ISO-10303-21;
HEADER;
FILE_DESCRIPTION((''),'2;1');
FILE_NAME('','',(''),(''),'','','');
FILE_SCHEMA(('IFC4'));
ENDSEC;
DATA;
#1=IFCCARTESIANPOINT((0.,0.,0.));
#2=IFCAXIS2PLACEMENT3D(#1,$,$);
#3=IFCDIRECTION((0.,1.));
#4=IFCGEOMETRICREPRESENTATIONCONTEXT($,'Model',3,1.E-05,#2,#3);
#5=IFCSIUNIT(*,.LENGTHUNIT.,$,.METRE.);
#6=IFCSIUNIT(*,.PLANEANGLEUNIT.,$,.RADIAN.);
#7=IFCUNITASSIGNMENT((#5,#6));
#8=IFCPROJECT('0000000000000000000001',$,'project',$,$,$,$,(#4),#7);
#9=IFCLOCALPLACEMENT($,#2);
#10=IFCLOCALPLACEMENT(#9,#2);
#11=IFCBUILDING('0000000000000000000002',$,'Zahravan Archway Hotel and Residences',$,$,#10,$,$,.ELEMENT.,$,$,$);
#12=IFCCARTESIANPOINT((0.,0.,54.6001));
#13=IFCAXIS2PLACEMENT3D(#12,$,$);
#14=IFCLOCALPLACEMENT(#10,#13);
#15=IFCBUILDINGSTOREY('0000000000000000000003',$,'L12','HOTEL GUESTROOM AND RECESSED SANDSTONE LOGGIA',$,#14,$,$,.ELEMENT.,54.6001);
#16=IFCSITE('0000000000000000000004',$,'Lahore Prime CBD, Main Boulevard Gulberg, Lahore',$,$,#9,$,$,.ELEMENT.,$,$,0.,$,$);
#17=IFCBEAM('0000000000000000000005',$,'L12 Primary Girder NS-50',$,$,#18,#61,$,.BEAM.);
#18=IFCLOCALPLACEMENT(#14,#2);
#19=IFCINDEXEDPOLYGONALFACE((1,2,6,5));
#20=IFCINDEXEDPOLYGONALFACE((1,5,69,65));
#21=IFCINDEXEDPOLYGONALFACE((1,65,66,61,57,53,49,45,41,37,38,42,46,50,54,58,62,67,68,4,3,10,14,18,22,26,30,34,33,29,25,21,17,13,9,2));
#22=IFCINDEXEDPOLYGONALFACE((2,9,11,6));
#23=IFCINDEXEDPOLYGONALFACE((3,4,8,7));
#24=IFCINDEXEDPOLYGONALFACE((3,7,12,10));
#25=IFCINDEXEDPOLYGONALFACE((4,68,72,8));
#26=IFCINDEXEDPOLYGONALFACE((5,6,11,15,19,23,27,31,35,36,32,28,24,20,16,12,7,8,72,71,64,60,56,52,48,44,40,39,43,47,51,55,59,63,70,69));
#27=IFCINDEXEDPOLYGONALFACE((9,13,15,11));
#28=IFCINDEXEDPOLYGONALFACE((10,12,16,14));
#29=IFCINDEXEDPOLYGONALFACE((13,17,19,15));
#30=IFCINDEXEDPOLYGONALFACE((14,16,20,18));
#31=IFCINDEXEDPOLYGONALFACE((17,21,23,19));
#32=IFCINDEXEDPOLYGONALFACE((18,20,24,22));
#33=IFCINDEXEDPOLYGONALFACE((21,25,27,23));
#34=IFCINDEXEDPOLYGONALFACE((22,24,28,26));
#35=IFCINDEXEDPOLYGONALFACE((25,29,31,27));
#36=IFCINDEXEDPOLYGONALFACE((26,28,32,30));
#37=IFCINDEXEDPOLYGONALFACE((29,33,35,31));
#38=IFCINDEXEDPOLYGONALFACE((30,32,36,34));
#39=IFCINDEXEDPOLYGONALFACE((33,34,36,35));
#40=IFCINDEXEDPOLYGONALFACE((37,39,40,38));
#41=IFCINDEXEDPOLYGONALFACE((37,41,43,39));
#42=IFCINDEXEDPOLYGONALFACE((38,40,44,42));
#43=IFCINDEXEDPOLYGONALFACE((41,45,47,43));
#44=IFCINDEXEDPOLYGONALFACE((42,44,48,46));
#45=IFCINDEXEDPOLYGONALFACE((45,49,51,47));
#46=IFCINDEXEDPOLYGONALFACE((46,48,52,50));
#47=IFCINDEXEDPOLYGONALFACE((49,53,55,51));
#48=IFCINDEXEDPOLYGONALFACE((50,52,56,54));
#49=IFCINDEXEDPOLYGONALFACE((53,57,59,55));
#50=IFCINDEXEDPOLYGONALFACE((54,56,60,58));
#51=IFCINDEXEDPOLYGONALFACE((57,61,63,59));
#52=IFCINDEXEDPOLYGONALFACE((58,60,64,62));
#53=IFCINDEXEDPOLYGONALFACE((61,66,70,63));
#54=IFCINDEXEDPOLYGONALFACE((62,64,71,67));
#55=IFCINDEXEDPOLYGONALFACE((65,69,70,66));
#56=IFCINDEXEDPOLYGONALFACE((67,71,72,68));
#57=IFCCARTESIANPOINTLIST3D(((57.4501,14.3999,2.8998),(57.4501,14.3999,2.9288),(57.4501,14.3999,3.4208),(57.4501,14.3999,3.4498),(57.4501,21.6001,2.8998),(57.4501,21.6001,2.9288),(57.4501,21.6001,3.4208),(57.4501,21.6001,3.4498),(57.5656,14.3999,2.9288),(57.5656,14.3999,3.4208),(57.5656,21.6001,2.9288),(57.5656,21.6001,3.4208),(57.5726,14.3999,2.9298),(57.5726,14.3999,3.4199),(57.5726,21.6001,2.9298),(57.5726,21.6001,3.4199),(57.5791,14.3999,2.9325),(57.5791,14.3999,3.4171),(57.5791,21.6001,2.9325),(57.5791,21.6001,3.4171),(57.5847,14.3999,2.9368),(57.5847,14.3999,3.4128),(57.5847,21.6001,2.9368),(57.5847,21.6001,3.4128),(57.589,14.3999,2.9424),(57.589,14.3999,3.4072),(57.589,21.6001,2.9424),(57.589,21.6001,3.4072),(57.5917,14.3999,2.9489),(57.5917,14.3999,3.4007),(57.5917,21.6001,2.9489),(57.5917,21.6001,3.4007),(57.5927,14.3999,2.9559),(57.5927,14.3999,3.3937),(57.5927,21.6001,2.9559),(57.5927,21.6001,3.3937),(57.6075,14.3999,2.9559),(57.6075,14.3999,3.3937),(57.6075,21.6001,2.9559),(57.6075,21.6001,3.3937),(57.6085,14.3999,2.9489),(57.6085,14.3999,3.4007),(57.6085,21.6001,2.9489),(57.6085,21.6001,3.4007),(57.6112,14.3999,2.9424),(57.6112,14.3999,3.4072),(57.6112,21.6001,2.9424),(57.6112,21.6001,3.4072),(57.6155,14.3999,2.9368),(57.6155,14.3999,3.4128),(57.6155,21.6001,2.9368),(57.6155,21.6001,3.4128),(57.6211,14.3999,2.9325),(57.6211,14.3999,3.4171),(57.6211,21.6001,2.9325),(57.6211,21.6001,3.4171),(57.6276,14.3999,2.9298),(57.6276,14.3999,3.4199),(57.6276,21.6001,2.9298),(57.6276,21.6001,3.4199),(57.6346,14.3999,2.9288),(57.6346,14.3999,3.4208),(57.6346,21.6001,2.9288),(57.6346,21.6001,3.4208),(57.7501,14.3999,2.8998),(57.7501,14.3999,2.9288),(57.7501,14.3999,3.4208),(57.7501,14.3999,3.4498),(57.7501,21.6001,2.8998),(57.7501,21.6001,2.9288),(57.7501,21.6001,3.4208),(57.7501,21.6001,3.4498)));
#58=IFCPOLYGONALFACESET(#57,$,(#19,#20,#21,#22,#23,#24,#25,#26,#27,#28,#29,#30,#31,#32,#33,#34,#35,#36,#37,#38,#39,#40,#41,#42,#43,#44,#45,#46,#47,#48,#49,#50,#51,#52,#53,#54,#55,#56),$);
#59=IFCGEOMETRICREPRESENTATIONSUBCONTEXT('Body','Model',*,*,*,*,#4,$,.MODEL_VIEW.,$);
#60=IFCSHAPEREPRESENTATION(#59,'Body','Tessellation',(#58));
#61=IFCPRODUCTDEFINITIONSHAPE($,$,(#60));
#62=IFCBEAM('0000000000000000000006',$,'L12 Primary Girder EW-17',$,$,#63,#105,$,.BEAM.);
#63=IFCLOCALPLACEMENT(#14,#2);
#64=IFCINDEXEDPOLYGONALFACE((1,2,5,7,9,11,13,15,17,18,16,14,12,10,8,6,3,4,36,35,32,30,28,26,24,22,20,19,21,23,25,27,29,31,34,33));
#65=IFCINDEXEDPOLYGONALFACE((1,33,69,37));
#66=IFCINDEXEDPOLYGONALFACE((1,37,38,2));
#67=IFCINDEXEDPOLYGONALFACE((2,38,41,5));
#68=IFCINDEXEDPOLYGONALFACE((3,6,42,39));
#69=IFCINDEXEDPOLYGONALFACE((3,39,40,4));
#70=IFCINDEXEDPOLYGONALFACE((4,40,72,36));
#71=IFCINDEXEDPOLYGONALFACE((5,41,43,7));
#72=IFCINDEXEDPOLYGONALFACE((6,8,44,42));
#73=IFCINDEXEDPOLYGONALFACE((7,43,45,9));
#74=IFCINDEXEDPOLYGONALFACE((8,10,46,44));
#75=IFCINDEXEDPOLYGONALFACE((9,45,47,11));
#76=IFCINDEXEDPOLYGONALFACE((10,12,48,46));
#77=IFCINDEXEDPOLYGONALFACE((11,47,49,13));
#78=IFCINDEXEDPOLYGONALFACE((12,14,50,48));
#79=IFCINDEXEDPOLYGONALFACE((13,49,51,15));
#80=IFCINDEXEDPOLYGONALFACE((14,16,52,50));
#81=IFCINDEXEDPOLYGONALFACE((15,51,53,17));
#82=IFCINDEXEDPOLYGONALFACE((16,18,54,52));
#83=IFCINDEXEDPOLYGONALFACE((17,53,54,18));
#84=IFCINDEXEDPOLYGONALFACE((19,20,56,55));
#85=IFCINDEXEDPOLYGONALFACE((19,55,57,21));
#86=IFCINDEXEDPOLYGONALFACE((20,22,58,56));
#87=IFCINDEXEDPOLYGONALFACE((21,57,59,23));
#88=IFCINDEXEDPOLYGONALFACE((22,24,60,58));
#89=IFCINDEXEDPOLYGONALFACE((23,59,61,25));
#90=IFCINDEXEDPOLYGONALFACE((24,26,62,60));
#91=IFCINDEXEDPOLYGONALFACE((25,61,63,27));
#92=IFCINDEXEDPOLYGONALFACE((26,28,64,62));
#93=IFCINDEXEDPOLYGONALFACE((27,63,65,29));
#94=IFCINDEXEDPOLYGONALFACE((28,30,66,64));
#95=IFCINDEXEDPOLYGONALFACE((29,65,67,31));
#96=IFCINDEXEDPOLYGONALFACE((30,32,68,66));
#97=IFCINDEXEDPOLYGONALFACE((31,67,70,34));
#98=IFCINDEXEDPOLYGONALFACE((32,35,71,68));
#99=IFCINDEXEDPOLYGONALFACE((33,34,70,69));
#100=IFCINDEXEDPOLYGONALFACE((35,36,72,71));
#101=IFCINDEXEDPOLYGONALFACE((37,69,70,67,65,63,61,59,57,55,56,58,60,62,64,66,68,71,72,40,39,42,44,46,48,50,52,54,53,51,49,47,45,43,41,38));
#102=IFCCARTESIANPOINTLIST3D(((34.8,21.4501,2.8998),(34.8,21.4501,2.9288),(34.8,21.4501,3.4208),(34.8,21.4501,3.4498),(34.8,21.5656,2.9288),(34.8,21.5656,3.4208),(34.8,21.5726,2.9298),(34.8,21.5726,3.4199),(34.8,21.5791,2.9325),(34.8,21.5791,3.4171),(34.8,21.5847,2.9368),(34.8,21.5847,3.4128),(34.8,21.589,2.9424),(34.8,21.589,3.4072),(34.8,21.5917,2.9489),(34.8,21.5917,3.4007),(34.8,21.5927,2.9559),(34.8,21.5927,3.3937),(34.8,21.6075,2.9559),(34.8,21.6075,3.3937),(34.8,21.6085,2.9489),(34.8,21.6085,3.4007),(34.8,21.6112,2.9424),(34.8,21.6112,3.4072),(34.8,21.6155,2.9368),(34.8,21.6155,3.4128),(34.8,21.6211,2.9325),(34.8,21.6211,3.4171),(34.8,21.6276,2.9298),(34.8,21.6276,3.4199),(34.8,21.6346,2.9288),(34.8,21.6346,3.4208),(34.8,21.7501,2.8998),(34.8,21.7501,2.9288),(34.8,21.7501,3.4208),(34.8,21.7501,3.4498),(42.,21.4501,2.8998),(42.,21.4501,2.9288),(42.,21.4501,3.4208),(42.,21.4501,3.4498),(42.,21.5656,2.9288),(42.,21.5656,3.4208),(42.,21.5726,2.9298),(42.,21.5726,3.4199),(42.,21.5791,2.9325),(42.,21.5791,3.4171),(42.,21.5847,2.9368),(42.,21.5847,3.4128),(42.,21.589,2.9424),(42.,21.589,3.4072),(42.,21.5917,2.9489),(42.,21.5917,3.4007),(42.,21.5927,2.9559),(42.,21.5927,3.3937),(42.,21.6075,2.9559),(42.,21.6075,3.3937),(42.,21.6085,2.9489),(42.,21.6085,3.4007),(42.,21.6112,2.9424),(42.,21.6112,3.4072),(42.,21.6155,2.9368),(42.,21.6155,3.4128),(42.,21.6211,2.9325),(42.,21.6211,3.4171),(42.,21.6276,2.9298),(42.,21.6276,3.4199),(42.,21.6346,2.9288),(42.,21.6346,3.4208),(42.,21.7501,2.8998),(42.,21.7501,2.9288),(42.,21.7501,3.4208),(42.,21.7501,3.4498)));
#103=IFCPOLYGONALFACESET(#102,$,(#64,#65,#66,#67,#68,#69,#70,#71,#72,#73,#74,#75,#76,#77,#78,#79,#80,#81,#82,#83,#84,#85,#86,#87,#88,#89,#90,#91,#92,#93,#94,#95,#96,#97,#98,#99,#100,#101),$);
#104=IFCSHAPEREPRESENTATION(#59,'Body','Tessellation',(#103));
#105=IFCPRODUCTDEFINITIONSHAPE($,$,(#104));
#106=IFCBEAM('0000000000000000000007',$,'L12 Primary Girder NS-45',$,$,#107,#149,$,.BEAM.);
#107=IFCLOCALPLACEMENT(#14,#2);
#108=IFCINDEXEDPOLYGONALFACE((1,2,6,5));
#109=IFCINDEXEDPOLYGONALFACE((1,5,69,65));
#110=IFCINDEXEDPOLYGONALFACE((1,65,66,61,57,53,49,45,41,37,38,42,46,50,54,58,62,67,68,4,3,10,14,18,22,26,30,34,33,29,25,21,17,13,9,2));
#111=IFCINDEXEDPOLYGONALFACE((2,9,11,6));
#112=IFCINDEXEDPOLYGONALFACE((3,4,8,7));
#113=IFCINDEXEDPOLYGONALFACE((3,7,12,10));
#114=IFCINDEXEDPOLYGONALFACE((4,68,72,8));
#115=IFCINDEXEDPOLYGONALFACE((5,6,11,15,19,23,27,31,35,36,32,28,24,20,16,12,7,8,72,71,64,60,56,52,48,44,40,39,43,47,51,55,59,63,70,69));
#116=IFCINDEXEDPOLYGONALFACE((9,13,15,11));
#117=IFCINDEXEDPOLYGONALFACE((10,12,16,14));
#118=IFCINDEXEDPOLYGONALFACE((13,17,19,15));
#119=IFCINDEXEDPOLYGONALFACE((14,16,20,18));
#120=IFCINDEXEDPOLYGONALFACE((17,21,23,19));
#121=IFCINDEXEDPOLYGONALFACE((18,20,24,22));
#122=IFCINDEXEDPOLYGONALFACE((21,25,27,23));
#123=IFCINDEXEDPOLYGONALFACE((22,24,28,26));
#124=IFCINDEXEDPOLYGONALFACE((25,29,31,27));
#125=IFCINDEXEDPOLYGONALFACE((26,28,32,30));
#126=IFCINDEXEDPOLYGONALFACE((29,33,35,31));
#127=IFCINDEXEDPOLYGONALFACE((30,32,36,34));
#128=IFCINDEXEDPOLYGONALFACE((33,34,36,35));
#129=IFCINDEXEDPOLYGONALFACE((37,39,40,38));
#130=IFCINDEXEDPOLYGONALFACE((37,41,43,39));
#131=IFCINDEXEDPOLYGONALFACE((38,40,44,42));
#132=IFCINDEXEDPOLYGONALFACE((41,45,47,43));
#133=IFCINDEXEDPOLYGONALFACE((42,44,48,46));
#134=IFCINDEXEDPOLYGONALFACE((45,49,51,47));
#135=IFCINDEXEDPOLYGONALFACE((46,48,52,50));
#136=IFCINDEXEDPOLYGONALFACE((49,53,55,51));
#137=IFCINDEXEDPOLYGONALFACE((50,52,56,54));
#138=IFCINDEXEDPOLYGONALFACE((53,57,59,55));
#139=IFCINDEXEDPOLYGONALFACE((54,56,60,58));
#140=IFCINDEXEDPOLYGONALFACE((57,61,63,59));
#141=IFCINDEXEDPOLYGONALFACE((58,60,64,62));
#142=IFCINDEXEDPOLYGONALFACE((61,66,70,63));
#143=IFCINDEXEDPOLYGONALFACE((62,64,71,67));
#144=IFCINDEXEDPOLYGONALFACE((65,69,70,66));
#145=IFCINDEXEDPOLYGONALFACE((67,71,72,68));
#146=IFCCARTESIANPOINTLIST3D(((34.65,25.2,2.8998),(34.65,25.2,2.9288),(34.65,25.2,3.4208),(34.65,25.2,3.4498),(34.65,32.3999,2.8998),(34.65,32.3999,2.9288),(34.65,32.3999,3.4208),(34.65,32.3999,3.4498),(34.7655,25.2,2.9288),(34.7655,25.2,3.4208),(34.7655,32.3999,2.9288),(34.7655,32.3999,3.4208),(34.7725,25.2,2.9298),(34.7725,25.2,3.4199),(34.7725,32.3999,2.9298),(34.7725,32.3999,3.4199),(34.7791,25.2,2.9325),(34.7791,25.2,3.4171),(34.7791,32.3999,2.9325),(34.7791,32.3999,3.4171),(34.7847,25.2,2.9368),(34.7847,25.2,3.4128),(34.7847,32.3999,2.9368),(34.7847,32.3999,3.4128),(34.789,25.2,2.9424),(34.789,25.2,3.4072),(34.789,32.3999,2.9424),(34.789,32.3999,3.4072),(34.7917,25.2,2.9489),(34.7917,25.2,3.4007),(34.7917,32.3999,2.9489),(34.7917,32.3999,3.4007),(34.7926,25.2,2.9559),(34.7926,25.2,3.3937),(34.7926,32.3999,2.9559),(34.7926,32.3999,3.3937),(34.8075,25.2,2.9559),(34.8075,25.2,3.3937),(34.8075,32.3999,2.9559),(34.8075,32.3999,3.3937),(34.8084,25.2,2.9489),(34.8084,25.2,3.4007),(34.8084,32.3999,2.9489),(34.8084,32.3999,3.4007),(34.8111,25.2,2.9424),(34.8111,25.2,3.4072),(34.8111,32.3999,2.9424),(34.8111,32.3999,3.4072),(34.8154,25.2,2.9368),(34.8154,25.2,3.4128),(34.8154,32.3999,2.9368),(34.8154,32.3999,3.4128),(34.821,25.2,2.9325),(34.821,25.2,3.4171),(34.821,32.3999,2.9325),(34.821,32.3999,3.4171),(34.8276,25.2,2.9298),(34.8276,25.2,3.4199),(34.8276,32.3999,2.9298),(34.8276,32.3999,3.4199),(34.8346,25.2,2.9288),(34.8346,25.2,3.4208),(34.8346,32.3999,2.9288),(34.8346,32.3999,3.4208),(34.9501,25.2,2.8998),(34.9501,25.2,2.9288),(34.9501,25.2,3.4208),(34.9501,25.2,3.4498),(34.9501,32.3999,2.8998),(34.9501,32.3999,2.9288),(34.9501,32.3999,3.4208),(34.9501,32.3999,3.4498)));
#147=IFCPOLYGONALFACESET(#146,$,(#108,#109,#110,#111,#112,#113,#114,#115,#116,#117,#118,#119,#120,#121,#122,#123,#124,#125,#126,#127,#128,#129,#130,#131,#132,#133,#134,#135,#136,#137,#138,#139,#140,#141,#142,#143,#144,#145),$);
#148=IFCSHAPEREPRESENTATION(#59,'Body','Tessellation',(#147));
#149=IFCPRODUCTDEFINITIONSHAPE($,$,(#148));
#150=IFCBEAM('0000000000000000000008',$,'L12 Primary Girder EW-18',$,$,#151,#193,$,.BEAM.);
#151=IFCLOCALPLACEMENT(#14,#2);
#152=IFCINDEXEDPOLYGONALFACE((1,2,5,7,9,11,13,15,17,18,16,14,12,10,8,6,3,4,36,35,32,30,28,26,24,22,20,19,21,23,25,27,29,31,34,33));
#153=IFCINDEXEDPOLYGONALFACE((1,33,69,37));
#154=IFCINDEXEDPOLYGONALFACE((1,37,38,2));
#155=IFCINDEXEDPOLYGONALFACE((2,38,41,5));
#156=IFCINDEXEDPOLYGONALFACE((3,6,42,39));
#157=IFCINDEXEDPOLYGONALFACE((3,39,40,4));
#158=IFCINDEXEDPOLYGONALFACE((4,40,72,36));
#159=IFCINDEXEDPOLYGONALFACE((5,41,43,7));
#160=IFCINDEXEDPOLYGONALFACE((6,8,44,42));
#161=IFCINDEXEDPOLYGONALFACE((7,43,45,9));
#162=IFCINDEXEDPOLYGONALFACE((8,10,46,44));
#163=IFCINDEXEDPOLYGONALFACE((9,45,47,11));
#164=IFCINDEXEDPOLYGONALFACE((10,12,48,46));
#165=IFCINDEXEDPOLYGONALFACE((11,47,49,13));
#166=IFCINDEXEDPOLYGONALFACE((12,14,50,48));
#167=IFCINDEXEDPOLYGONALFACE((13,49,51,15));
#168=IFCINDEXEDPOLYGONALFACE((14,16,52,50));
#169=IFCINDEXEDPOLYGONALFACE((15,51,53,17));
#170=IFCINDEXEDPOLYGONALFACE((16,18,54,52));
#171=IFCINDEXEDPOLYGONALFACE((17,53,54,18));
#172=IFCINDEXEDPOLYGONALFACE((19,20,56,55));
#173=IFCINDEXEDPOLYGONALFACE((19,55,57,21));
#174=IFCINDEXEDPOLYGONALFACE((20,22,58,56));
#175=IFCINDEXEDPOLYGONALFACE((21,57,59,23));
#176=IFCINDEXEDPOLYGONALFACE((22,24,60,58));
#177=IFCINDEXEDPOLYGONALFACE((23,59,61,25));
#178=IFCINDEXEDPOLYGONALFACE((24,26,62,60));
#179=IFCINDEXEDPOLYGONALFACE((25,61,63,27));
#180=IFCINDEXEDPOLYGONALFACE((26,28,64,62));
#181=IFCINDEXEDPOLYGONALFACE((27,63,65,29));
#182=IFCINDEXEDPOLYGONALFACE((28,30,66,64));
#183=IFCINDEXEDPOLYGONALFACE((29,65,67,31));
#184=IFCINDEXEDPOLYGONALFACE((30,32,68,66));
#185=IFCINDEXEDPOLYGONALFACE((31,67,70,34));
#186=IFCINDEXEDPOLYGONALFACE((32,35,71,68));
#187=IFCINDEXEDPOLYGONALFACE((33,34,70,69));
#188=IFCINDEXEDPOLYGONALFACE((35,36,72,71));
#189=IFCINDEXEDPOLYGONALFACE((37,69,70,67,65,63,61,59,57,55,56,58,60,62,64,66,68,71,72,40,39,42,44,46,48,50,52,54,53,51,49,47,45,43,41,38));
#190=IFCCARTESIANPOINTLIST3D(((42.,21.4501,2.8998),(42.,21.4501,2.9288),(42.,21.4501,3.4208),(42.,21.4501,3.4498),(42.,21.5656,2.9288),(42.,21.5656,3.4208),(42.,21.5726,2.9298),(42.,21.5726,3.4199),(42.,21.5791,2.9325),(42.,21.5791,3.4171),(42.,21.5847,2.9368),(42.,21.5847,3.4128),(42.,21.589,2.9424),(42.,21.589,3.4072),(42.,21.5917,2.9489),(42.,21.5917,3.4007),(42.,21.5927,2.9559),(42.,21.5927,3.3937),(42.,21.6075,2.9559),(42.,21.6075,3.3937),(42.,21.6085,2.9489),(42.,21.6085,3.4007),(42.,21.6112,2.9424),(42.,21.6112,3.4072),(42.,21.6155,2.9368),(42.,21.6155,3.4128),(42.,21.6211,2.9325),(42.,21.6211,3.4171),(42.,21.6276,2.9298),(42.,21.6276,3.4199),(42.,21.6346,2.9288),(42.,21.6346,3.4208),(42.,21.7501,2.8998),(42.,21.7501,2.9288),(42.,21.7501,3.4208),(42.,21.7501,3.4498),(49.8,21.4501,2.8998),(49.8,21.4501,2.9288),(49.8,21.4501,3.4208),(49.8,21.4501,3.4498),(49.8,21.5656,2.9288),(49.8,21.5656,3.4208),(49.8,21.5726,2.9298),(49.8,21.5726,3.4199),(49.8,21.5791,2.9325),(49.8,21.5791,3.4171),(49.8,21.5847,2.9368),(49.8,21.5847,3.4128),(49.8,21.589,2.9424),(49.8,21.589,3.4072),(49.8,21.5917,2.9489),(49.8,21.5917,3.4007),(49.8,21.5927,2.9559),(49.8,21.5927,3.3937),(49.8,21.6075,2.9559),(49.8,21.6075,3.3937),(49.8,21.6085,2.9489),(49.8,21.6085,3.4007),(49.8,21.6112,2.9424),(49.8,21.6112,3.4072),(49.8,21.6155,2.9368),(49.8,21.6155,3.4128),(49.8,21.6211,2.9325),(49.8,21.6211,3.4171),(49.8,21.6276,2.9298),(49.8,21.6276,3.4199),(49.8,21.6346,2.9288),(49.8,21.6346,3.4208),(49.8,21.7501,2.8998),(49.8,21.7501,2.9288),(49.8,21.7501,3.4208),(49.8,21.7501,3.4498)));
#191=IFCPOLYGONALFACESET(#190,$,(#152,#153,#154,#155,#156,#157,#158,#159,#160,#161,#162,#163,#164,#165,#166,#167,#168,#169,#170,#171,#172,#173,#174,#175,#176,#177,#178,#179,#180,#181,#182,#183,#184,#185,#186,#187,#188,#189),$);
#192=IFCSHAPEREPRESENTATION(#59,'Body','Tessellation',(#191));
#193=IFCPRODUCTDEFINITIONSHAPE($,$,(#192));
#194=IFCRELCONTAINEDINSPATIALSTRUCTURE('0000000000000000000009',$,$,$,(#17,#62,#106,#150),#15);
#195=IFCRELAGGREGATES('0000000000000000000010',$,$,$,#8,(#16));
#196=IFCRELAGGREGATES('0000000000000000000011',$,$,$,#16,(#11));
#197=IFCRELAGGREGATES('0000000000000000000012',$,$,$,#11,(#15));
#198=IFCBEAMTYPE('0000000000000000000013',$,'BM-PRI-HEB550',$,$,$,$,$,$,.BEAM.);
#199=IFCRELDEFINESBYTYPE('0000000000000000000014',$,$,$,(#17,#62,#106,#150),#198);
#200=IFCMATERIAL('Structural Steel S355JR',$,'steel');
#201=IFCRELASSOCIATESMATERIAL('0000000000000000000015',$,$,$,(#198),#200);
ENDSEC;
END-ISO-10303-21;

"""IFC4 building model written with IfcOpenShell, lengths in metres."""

from ifc_helpers import new_model, si_unit, direction, frame, origin, origin_2d, place, context, subcontext, project, spatial, i_section, extrude, source, transform, mapped, material, material_profile, profile_set, type_object, type_shapes, element, save


model = new_model("IFC4")

# Units and contexts
model_context = context("Model", 3, precision=1e-05, world=origin(), true_north=direction((0.0, 1.0)))
body_context = subcontext(model_context, "Body", "Model", "MODEL_VIEW")
ifc_project = project(units=[si_unit("LENGTHUNIT", "METRE"), si_unit("PLANEANGLEUNIT", "RADIAN")], contexts=[model_context])

# Site, building, storey
site_placement = place(None, origin())
site = spatial("IfcSite", under=ifc_project, at=site_placement, Name="Lahore Prime CBD, Main Boulevard Gulberg, Lahore", CompositionType="ELEMENT", RefElevation=0.0)
building_placement = place(site_placement, origin())
building = spatial("IfcBuilding", under=site, at=building_placement, Name="Zahravan Archway Hotel and Residences", CompositionType="ELEMENT")
storey_placement = place(building_placement, frame((0.0, 0.0, 54.6001)))
storey = spatial("IfcBuildingStorey", under=building, at=storey_placement, Name="L12", Description="HOTEL GUESTROOM AND RECESSED SANDSTONE LOGGIA", CompositionType="ELEMENT", Elevation=54.6001)

# Beams
ifc_material_1 = material(Name="Structural Steel S355JR", Category="steel")
ifc_material_profile_1 = material_profile(ifc_material_1, i_section(OverallWidth=0.3, OverallDepth=0.55, WebThickness=0.0149, FlangeThickness=0.0291, FilletRadius=0.0271, at=origin_2d()), Name="HEB 550", Category="steel")
ifc_profile_set_1 = profile_set([ifc_material_profile_1], Name="Structural Steel S355JR")
beam_type_1 = type_object("IfcBeamType", Name="BM-PRI-HEB550", PredefinedType="BEAM", material=ifc_profile_set_1)
shared_shape_1 = source(origin(), body_context, "Body", "SweptSolid", [
    extrude(i_section(OverallWidth=0.3, OverallDepth=0.55, WebThickness=0.0149, FlangeThickness=0.0291, FilletRadius=0.0271, at=origin_2d()), origin(), (0.0, 0.0, 1.0), 7.2002),
])
type_shapes(beam_type_1, [shared_shape_1])
for number, where, z_axis, x_axis, name in (
    (1, (57.6001, 14.3999, 3.1748), (0.0, 1.0, 0.0), (-1.0, 0.0, 0.0), "L12 Primary Girder NS-50"),
):
    element("IfcBeam", number, at=place(storey_placement, frame(where, z_axis=z_axis, x_axis=x_axis)), inside=storey, type_object=beam_type_1, Name=name, PredefinedType="BEAM", context=body_context, shape_type="MappedRepresentation", body=[
        mapped(shared_shape_1, transform((0.0, 0.0, 0.0), scale=1.0)),
    ])
shared_shape_2 = source(origin(), body_context, "Body", "SweptSolid", [
    extrude(i_section(OverallWidth=0.3, OverallDepth=0.55, WebThickness=0.0149, FlangeThickness=0.0291, FilletRadius=0.0271, at=origin_2d()), origin(), (0.0, 0.0, 1.0), 7.2),
])
for number, where, z_axis, x_axis, name in (
    (2, (34.8, 21.6001, 3.1748), (1.0, 0.0, 0.0), (0.0, 1.0, 0.0), "L12 Primary Girder EW-17"),
    (3, (34.8, 25.2, 3.1748), (0.0, 1.0, 0.0), (-1.0, 0.0, 0.0), "L12 Primary Girder NS-45"),
):
    element("IfcBeam", number, at=place(storey_placement, frame(where, z_axis=z_axis, x_axis=x_axis)), inside=storey, type_object=beam_type_1, Name=name, PredefinedType="BEAM", context=body_context, shape_type="MappedRepresentation", body=[
        mapped(shared_shape_2, transform((0.0, 0.0, 0.0), scale=1.0)),
    ])
shared_shape_3 = source(origin(), body_context, "Body", "SweptSolid", [
    extrude(i_section(OverallWidth=0.3, OverallDepth=0.55, WebThickness=0.0149, FlangeThickness=0.0291, FilletRadius=0.0271, at=origin_2d()), origin(), (0.0, 0.0, 1.0), 7.8),
])
for number, where, z_axis, x_axis, name in (
    (4, (42.0, 21.6001, 3.1748), (1.0, 0.0, 0.0), (0.0, 1.0, 0.0), "L12 Primary Girder EW-18"),
):
    element("IfcBeam", number, at=place(storey_placement, frame(where, z_axis=z_axis, x_axis=x_axis)), inside=storey, type_object=beam_type_1, Name=name, PredefinedType="BEAM", context=body_context, shape_type="MappedRepresentation", body=[
        mapped(shared_shape_3, transform((0.0, 0.0, 0.0), scale=1.0)),
    ])

save(model, "model.ifc")
